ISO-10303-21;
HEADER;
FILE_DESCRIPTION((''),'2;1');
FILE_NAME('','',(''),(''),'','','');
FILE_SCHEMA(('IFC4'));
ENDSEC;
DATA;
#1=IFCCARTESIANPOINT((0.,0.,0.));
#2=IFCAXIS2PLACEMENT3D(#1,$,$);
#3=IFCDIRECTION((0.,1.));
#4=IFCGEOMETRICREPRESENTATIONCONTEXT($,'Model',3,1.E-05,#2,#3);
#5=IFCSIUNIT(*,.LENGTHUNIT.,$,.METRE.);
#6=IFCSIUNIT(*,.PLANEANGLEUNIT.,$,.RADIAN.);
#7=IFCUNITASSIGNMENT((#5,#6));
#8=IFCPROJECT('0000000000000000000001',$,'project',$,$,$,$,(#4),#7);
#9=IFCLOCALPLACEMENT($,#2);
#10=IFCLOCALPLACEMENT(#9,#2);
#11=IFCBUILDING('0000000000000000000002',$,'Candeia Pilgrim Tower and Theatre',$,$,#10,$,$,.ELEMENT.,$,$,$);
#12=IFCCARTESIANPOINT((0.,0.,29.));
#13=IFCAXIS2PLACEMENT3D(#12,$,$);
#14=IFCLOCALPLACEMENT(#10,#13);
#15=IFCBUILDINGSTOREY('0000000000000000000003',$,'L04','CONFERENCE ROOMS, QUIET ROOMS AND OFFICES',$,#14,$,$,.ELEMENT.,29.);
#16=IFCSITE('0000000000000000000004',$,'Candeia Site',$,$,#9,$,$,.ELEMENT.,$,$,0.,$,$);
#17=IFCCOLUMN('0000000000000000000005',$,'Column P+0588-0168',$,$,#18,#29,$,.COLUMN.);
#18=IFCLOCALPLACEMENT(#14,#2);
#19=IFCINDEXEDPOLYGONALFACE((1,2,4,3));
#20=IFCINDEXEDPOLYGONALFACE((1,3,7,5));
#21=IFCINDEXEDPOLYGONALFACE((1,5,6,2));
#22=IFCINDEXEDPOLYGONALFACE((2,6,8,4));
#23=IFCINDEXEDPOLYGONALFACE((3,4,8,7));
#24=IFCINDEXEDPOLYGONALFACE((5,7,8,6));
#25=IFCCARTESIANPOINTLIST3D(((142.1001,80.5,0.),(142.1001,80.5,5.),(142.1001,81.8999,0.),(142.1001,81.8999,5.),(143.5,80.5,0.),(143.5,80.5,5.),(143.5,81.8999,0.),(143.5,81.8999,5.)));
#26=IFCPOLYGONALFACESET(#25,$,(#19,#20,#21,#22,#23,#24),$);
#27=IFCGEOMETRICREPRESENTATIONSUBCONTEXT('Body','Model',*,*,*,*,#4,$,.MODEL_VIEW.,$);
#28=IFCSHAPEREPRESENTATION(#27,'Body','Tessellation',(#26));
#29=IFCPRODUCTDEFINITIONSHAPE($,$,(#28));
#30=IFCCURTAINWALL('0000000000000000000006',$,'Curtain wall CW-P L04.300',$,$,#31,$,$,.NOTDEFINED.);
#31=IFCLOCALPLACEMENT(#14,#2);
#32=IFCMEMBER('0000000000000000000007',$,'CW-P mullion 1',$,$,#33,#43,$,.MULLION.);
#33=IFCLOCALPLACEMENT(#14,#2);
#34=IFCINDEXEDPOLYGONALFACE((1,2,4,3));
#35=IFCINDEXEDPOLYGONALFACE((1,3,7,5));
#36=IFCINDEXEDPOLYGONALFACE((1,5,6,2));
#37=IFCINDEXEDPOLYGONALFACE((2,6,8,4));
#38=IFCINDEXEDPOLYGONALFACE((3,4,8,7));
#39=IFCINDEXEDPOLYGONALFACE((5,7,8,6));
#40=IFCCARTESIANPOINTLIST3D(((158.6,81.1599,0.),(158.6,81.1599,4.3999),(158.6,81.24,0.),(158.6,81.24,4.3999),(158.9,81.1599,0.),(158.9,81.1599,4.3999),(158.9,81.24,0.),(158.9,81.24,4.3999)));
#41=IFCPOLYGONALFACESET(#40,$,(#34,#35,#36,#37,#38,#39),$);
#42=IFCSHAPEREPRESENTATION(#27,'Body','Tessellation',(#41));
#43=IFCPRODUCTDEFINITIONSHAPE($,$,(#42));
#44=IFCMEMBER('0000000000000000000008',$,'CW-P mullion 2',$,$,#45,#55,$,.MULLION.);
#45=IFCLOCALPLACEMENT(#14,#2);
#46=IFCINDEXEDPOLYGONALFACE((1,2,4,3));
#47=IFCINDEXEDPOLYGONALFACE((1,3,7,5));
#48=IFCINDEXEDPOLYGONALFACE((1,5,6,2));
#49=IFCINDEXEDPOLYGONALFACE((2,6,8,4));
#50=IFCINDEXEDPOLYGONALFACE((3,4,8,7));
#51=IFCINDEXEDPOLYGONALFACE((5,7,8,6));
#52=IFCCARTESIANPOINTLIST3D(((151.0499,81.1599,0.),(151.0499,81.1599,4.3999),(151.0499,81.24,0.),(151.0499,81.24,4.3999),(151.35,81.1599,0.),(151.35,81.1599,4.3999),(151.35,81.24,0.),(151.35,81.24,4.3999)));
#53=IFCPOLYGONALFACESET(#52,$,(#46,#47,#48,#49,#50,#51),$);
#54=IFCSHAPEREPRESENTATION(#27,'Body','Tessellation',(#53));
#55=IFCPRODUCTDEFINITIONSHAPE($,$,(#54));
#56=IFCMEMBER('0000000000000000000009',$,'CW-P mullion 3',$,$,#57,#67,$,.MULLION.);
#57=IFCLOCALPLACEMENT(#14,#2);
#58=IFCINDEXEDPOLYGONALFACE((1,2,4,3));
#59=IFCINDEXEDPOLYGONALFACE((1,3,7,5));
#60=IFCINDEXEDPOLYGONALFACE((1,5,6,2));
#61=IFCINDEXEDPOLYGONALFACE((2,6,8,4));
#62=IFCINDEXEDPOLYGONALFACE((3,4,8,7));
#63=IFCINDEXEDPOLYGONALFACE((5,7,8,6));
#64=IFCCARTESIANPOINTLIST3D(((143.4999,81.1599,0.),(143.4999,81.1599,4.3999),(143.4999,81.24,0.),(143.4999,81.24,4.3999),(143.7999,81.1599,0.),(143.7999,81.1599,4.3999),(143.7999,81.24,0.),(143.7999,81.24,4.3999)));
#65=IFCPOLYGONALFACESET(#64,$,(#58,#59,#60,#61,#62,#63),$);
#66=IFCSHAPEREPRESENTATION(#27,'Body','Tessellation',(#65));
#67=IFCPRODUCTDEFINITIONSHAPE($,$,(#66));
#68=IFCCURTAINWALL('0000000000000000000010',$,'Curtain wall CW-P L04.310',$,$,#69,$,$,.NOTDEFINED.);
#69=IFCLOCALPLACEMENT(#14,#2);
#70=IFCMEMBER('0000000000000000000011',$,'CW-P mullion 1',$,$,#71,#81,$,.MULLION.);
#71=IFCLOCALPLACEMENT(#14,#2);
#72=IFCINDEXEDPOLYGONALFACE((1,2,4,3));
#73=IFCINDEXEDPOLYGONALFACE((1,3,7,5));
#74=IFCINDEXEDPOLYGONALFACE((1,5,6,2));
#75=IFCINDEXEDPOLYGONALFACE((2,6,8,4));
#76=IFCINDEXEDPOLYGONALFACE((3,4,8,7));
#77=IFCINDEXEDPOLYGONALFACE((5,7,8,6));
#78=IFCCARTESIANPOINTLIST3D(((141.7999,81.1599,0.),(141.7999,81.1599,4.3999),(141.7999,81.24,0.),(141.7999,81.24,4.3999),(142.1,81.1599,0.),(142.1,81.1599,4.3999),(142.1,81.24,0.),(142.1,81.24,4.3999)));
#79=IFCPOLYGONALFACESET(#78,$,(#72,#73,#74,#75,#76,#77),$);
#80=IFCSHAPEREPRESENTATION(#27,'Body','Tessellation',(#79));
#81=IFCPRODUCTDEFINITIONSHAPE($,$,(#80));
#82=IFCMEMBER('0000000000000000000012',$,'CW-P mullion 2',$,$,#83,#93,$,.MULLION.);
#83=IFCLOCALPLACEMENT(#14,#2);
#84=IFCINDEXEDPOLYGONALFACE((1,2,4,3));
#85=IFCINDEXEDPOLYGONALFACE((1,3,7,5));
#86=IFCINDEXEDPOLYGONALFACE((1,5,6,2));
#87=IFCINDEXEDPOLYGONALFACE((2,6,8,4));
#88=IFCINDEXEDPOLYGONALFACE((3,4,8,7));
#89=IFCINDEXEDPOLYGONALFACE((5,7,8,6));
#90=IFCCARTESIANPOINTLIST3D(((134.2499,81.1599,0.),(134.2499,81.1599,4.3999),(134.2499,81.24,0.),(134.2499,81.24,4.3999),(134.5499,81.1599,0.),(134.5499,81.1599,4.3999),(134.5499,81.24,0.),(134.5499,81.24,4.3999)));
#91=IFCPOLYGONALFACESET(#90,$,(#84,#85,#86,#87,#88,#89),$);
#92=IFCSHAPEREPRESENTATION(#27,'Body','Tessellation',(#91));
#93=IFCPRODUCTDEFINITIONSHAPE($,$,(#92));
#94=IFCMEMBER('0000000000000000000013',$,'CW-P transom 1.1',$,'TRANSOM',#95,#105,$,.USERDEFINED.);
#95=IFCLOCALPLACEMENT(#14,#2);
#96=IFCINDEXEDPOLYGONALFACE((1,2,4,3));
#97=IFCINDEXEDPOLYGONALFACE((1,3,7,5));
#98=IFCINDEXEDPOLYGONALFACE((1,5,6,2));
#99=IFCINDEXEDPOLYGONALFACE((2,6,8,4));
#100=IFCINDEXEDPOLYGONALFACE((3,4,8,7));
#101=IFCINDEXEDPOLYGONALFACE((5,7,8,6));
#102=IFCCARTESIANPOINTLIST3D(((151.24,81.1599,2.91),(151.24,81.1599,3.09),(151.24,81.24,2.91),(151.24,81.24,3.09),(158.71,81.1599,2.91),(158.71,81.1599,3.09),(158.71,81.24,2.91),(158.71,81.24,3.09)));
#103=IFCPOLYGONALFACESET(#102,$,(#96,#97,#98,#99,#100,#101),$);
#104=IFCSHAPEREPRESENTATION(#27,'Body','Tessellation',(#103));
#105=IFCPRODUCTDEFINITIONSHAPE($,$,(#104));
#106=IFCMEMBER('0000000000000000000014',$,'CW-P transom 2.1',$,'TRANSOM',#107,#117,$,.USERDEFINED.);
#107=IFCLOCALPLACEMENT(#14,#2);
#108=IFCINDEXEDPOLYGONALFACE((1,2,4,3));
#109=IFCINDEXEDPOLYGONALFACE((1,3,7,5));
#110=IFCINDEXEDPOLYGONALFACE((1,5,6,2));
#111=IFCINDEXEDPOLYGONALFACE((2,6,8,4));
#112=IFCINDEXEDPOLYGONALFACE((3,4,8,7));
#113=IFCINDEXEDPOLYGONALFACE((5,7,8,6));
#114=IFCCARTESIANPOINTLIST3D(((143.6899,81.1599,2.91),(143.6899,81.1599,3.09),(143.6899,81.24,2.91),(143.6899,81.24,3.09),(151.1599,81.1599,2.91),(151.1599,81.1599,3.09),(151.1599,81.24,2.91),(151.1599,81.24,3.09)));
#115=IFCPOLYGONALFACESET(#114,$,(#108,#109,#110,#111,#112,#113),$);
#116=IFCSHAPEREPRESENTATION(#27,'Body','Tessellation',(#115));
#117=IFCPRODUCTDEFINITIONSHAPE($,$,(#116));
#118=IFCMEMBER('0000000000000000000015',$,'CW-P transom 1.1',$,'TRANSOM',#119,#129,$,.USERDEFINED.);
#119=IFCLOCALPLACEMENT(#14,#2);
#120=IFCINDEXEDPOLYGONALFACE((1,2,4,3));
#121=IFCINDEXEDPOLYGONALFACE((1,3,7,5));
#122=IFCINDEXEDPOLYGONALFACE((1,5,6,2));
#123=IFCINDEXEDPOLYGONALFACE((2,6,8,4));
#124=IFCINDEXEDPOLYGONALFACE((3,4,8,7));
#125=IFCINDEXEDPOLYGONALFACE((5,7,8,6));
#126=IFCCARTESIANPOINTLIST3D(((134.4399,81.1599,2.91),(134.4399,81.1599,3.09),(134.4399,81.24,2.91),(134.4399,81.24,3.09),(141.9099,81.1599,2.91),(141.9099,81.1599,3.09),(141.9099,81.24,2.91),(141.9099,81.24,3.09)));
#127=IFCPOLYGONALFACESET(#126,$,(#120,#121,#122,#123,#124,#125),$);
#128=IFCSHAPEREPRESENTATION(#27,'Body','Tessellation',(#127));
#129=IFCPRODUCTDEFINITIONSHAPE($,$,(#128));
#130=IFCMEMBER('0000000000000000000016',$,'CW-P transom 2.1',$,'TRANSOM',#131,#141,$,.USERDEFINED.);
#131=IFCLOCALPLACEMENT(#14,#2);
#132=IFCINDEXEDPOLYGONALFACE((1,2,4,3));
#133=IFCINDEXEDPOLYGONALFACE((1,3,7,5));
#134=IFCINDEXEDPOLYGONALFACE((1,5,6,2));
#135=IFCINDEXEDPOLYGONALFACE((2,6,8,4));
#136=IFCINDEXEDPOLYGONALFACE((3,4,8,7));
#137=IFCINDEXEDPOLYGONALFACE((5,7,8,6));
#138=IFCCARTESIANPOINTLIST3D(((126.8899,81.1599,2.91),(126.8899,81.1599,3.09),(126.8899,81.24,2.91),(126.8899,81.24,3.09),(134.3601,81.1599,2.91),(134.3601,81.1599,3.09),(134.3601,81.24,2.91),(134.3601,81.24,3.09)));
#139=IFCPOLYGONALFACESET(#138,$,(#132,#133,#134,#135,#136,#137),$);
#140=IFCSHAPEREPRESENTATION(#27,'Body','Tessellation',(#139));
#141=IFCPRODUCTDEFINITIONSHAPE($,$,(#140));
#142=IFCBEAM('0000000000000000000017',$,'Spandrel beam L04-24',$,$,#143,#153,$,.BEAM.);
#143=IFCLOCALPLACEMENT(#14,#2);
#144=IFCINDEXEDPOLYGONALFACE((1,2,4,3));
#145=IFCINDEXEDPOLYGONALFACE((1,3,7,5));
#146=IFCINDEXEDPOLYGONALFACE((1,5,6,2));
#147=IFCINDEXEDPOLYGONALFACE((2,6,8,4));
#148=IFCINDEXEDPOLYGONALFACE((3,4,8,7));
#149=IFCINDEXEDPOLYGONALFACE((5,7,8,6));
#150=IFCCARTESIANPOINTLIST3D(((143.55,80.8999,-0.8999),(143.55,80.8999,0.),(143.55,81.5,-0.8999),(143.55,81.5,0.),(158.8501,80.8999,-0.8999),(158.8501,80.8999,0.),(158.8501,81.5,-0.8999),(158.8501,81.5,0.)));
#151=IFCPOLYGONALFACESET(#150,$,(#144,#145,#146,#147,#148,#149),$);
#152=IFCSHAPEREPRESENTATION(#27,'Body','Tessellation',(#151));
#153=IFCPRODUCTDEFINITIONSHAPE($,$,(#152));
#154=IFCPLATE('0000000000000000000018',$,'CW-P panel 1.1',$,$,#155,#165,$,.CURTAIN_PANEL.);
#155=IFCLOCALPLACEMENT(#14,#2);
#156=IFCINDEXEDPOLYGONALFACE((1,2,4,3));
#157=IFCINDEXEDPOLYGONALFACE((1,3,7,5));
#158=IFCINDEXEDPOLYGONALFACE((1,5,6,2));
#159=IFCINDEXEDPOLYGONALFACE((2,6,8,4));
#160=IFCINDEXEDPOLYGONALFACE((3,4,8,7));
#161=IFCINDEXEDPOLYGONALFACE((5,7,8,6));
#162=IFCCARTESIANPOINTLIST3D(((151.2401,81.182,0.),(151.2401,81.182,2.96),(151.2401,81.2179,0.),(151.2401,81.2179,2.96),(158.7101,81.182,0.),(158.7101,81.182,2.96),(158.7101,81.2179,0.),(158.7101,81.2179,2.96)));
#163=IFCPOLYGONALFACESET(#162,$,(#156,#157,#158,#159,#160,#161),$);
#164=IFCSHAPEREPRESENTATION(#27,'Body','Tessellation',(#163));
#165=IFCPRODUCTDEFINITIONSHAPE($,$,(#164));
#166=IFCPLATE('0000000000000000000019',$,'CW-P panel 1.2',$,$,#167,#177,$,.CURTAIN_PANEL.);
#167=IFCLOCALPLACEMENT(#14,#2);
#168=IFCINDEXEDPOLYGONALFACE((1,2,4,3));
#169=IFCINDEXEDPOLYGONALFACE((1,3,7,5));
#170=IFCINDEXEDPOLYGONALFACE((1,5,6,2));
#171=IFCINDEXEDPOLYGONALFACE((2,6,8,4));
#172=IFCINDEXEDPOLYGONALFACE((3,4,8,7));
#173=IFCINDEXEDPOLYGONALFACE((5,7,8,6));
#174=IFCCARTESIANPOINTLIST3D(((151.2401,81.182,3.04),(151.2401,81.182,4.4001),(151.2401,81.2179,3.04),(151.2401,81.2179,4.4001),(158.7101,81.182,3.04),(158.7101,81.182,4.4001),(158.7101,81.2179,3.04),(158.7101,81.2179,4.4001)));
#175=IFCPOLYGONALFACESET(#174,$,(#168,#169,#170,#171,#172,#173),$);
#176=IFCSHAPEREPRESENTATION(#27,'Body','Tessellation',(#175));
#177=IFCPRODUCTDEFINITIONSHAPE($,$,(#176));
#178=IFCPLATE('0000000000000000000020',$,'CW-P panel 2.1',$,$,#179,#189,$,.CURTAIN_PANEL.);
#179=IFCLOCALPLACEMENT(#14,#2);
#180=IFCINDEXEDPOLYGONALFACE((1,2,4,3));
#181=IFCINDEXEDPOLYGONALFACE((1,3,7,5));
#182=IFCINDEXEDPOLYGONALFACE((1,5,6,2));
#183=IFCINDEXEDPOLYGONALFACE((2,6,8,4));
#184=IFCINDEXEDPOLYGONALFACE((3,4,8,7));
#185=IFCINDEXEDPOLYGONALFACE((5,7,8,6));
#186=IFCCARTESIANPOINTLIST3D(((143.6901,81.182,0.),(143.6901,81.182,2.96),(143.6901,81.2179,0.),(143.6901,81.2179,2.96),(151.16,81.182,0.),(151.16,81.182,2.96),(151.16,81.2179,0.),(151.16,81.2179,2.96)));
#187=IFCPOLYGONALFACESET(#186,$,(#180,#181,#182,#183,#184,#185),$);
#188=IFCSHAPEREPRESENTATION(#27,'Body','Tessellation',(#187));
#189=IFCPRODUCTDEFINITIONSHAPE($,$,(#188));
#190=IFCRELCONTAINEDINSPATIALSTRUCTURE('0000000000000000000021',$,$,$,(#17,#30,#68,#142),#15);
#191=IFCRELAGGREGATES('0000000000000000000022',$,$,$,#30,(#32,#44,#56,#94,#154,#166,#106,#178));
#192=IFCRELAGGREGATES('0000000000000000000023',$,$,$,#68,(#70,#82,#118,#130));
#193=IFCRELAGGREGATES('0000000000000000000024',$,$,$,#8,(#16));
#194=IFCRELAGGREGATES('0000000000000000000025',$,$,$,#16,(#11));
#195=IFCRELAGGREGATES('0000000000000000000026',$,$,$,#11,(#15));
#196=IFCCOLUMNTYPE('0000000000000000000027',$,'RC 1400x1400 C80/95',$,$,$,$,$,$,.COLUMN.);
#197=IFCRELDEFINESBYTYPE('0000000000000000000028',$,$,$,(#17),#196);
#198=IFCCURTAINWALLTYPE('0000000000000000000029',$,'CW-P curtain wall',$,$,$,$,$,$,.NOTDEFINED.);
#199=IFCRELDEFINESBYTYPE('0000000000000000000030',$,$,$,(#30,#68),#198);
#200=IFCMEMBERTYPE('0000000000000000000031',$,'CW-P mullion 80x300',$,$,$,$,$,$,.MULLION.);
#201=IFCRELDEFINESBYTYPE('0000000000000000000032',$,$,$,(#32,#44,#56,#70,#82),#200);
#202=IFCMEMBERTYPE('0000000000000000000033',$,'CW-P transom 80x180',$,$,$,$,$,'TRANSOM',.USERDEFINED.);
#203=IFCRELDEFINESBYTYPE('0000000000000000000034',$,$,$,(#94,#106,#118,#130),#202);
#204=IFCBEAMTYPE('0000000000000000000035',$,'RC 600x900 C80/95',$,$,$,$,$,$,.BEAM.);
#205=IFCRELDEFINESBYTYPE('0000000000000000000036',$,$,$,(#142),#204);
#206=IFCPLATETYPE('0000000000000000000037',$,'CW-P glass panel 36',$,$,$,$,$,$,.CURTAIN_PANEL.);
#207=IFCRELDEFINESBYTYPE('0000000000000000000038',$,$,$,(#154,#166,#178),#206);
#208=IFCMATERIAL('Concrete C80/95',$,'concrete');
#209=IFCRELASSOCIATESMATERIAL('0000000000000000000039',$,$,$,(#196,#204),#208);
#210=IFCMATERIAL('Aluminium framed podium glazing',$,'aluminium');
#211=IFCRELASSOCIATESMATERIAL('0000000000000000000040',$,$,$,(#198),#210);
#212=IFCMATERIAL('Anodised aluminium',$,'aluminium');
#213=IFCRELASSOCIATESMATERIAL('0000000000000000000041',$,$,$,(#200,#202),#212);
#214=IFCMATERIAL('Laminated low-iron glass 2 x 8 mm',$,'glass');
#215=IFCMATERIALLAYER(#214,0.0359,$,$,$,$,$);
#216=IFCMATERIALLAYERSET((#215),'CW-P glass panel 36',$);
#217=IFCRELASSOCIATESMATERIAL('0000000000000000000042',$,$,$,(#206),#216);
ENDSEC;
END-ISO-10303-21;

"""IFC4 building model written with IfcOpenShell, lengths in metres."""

from ifc_helpers import new_model, si_unit, direction, frame, origin, origin_2d, place, context, subcontext, project, spatial, rectangle, extrude, material, layer, layer_set, material_profile, profile_set, type_object, element, aggregate, save


model = new_model("IFC4")

# Units and contexts
model_context = context("Model", 3, precision=1e-05, world=origin(), true_north=direction((0.0, 1.0)))
body_context = subcontext(model_context, "Body", "Model", "MODEL_VIEW")
ifc_project = project(units=[si_unit("LENGTHUNIT", "METRE"), si_unit("PLANEANGLEUNIT", "RADIAN")], contexts=[model_context])

# Site, building, storey
site_placement = place(None, origin())
site = spatial("IfcSite", under=ifc_project, at=site_placement, Name="Candeia Site", CompositionType="ELEMENT", RefElevation=0.0)
building_placement = place(site_placement, origin())
building = spatial("IfcBuilding", under=site, at=building_placement, Name="Candeia Pilgrim Tower and Theatre", CompositionType="ELEMENT")
storey_placement = place(building_placement, frame((0.0, 0.0, 29.0)))
storey = spatial("IfcBuildingStorey", under=building, at=storey_placement, Name="L04", Description="CONFERENCE ROOMS, QUIET ROOMS AND OFFICES", CompositionType="ELEMENT", Elevation=29.0)

# Column
ifc_material_1 = material(Name="Concrete C80/95", Category="concrete")
ifc_material_profile_1 = material_profile(ifc_material_1, rectangle(XDim=1.3999, YDim=1.3999, at=origin_2d()))
ifc_profile_set_1 = profile_set([ifc_material_profile_1], Name="Concrete C80/95")
column_type = type_object("IfcColumnType", Name="RC 1400x1400 C80/95", PredefinedType="COLUMN", material=ifc_profile_set_1)
column_placement = place(storey_placement, frame((142.8, 81.2, 0.0), z_axis=(0.0, 0.0, 1.0), x_axis=(1.0, 0.0, 0.0)))
element("IfcColumn", 1, at=column_placement, inside=storey, type_object=column_type, Name="Column P+0588-0168", PredefinedType="COLUMN", context=body_context, shape_type="SweptSolid", body=[
    extrude(rectangle(XDim=1.3999, YDim=1.3999, at=origin_2d()), origin(), (0.0, 0.0, 1.0), 5.0),
])

# Curtain walls, members
ifc_material_2 = material(Name="Aluminium framed podium glazing", Category="aluminium")
curtain_wall_type = type_object("IfcCurtainWallType", Name="CW-P curtain wall", PredefinedType="NOTDEFINED", material=ifc_material_2)
curtain_wall_1_placement = place(storey_placement, origin())
curtain_wall_1 = element("IfcCurtainWall", 2, at=curtain_wall_1_placement, inside=storey, type_object=curtain_wall_type, Name="Curtain wall CW-P L04.300", PredefinedType="NOTDEFINED")
ifc_material_3 = material(Name="Anodised aluminium", Category="aluminium")
ifc_material_profile_2 = material_profile(ifc_material_3, rectangle(XDim=0.0801, YDim=0.3, at=origin_2d()))
ifc_profile_set_2 = profile_set([ifc_material_profile_2], Name="Anodised aluminium")
member_type_1 = type_object("IfcMemberType", Name="CW-P mullion 80x300", PredefinedType="MULLION", material=ifc_profile_set_2)
member_1_placement = place(storey_placement, frame((158.75, 81.2, 0.0), z_axis=(0.0, 0.0, 1.0), x_axis=(0.0, -1.0, 0.0)))
member_1 = element("IfcMember", 3, at=member_1_placement, type_object=member_type_1, Name="CW-P mullion 1", PredefinedType="MULLION", context=body_context, shape_type="SweptSolid", body=[
    extrude(rectangle(XDim=0.0801, YDim=0.3, at=origin_2d()), origin(), (0.0, 0.0, 1.0), 4.3999),
])
member_2_placement = place(storey_placement, frame((151.2, 81.2, 0.0), z_axis=(0.0, 0.0, 1.0), x_axis=(0.0, -1.0, 0.0)))
member_2 = element("IfcMember", 4, at=member_2_placement, type_object=member_type_1, Name="CW-P mullion 2", PredefinedType="MULLION", context=body_context, shape_type="SweptSolid", body=[
    extrude(rectangle(XDim=0.0801, YDim=0.3, at=origin_2d()), origin(), (0.0, 0.0, 1.0), 4.3999),
])
member_3_placement = place(storey_placement, frame((143.6499, 81.2, 0.0), z_axis=(0.0, 0.0, 1.0), x_axis=(0.0, -1.0, 0.0)))
member_3 = element("IfcMember", 5, at=member_3_placement, type_object=member_type_1, Name="CW-P mullion 3", PredefinedType="MULLION", context=body_context, shape_type="SweptSolid", body=[
    extrude(rectangle(XDim=0.0801, YDim=0.3, at=origin_2d()), origin(), (0.0, 0.0, 1.0), 4.3999),
])
curtain_wall_2_placement = place(storey_placement, origin())
curtain_wall_2 = element("IfcCurtainWall", 6, at=curtain_wall_2_placement, inside=storey, type_object=curtain_wall_type, Name="Curtain wall CW-P L04.310", PredefinedType="NOTDEFINED")
member_4_placement = place(storey_placement, frame((141.95, 81.2, 0.0), z_axis=(0.0, 0.0, 1.0), x_axis=(0.0, -1.0, 0.0)))
member_4 = element("IfcMember", 7, at=member_4_placement, type_object=member_type_1, Name="CW-P mullion 1", PredefinedType="MULLION", context=body_context, shape_type="SweptSolid", body=[
    extrude(rectangle(XDim=0.0801, YDim=0.3, at=origin_2d()), origin(), (0.0, 0.0, 1.0), 4.3999),
])
member_5_placement = place(storey_placement, frame((134.3999, 81.2, 0.0), z_axis=(0.0, 0.0, 1.0), x_axis=(0.0, -1.0, 0.0)))
member_5 = element("IfcMember", 8, at=member_5_placement, type_object=member_type_1, Name="CW-P mullion 2", PredefinedType="MULLION", context=body_context, shape_type="SweptSolid", body=[
    extrude(rectangle(XDim=0.0801, YDim=0.3, at=origin_2d()), origin(), (0.0, 0.0, 1.0), 4.3999),
])

# Members
ifc_material_profile_3 = material_profile(ifc_material_3, rectangle(XDim=0.0801, YDim=0.1799, at=origin_2d()))
ifc_profile_set_3 = profile_set([ifc_material_profile_3], Name="Anodised aluminium")
member_type_2 = type_object("IfcMemberType", Name="CW-P transom 80x180", ElementType="TRANSOM", PredefinedType="USERDEFINED", material=ifc_profile_set_3)
member_6_placement = place(storey_placement, frame((158.71, 81.2, 3.0), z_axis=(-1.0, 0.0, 0.0), x_axis=(0.0, -1.0, 0.0)))
member_6 = element("IfcMember", 9, at=member_6_placement, type_object=member_type_2, Name="CW-P transom 1.1", ObjectType="TRANSOM", PredefinedType="USERDEFINED", context=body_context, shape_type="SweptSolid", body=[
    extrude(rectangle(XDim=0.0801, YDim=0.1799, at=origin_2d()), origin(), (0.0, 0.0, 1.0), 7.47),
])
member_7_placement = place(storey_placement, frame((151.1599, 81.2, 3.0), z_axis=(-1.0, 0.0, 0.0), x_axis=(0.0, -1.0, 0.0)))
member_7 = element("IfcMember", 10, at=member_7_placement, type_object=member_type_2, Name="CW-P transom 2.1", ObjectType="TRANSOM", PredefinedType="USERDEFINED", context=body_context, shape_type="SweptSolid", body=[
    extrude(rectangle(XDim=0.0801, YDim=0.1799, at=origin_2d()), origin(), (0.0, 0.0, 1.0), 7.47),
])
member_8_placement = place(storey_placement, frame((141.9099, 81.2, 3.0), z_axis=(-1.0, 0.0, 0.0), x_axis=(0.0, -1.0, 0.0)))
member_8 = element("IfcMember", 11, at=member_8_placement, type_object=member_type_2, Name="CW-P transom 1.1", ObjectType="TRANSOM", PredefinedType="USERDEFINED", context=body_context, shape_type="SweptSolid", body=[
    extrude(rectangle(XDim=0.0801, YDim=0.1799, at=origin_2d()), origin(), (0.0, 0.0, 1.0), 7.47),
])
member_9_placement = place(storey_placement, frame((134.3601, 81.2, 3.0), z_axis=(-1.0, 0.0, 0.0), x_axis=(0.0, -1.0, 0.0)))
member_9 = element("IfcMember", 12, at=member_9_placement, type_object=member_type_2, Name="CW-P transom 2.1", ObjectType="TRANSOM", PredefinedType="USERDEFINED", context=body_context, shape_type="SweptSolid", body=[
    extrude(rectangle(XDim=0.0801, YDim=0.1799, at=origin_2d()), origin(), (0.0, 0.0, 1.0), 7.4702),
])

# Beam
ifc_material_profile_4 = material_profile(ifc_material_1, rectangle(XDim=0.6001, YDim=0.8999, at=origin_2d()))
ifc_profile_set_4 = profile_set([ifc_material_profile_4], Name="Concrete C80/95")
beam_type = type_object("IfcBeamType", Name="RC 600x900 C80/95", PredefinedType="BEAM", material=ifc_profile_set_4)
beam_placement = place(storey_placement, frame((143.55, 81.2, -0.45), z_axis=(1.0, 0.0, 0.0), x_axis=(0.0, 1.0, 0.0)))
element("IfcBeam", 13, at=beam_placement, inside=storey, type_object=beam_type, Name="Spandrel beam L04-24", PredefinedType="BEAM", context=body_context, shape_type="SweptSolid", body=[
    extrude(rectangle(XDim=0.6001, YDim=0.8999, at=origin_2d()), origin(), (0.0, 0.0, 1.0), 15.3),
])

# Plates
ifc_material_4 = material(Name="Laminated low-iron glass 2 x 8 mm", Category="glass")
ifc_layer = layer(ifc_material_4, 0.0359)
ifc_layer_set = layer_set([ifc_layer], Name="CW-P glass panel 36")
plate_type = type_object("IfcPlateType", Name="CW-P glass panel 36", PredefinedType="CURTAIN_PANEL", material=ifc_layer_set)
plate_1_placement = place(storey_placement, frame((154.9751, 81.2, 0.0), z_axis=(0.0, 0.0, 1.0), x_axis=(-1.0, 0.0, 0.0)))
plate_1 = element("IfcPlate", 14, at=plate_1_placement, type_object=plate_type, Name="CW-P panel 1.1", PredefinedType="CURTAIN_PANEL", context=body_context, shape_type="SweptSolid", body=[
    extrude(rectangle(XDim=7.47, YDim=0.0359, at=origin_2d()), origin(), (0.0, 0.0, 1.0), 2.96),
])
plate_2_placement = place(storey_placement, frame((154.9751, 81.2, 3.04), z_axis=(0.0, 0.0, 1.0), x_axis=(-1.0, 0.0, 0.0)))
plate_2 = element("IfcPlate", 15, at=plate_2_placement, type_object=plate_type, Name="CW-P panel 1.2", PredefinedType="CURTAIN_PANEL", context=body_context, shape_type="SweptSolid", body=[
    extrude(rectangle(XDim=7.47, YDim=0.0359, at=origin_2d()), origin(), (0.0, 0.0, 1.0), 1.3601),
])
plate_3_placement = place(storey_placement, frame((147.425, 81.2, 0.0), z_axis=(0.0, 0.0, 1.0), x_axis=(-1.0, 0.0, 0.0)))
plate_3 = element("IfcPlate", 16, at=plate_3_placement, type_object=plate_type, Name="CW-P panel 2.1", PredefinedType="CURTAIN_PANEL", context=body_context, shape_type="SweptSolid", body=[
    extrude(rectangle(XDim=7.47, YDim=0.0359, at=origin_2d()), origin(), (0.0, 0.0, 1.0), 2.96),
])
aggregate(curtain_wall_1, [member_1, member_2, member_3, member_6, plate_1, plate_2, member_7, plate_3])
aggregate(curtain_wall_2, [member_4, member_5, member_8, member_9])

save(model, "model.ifc")
